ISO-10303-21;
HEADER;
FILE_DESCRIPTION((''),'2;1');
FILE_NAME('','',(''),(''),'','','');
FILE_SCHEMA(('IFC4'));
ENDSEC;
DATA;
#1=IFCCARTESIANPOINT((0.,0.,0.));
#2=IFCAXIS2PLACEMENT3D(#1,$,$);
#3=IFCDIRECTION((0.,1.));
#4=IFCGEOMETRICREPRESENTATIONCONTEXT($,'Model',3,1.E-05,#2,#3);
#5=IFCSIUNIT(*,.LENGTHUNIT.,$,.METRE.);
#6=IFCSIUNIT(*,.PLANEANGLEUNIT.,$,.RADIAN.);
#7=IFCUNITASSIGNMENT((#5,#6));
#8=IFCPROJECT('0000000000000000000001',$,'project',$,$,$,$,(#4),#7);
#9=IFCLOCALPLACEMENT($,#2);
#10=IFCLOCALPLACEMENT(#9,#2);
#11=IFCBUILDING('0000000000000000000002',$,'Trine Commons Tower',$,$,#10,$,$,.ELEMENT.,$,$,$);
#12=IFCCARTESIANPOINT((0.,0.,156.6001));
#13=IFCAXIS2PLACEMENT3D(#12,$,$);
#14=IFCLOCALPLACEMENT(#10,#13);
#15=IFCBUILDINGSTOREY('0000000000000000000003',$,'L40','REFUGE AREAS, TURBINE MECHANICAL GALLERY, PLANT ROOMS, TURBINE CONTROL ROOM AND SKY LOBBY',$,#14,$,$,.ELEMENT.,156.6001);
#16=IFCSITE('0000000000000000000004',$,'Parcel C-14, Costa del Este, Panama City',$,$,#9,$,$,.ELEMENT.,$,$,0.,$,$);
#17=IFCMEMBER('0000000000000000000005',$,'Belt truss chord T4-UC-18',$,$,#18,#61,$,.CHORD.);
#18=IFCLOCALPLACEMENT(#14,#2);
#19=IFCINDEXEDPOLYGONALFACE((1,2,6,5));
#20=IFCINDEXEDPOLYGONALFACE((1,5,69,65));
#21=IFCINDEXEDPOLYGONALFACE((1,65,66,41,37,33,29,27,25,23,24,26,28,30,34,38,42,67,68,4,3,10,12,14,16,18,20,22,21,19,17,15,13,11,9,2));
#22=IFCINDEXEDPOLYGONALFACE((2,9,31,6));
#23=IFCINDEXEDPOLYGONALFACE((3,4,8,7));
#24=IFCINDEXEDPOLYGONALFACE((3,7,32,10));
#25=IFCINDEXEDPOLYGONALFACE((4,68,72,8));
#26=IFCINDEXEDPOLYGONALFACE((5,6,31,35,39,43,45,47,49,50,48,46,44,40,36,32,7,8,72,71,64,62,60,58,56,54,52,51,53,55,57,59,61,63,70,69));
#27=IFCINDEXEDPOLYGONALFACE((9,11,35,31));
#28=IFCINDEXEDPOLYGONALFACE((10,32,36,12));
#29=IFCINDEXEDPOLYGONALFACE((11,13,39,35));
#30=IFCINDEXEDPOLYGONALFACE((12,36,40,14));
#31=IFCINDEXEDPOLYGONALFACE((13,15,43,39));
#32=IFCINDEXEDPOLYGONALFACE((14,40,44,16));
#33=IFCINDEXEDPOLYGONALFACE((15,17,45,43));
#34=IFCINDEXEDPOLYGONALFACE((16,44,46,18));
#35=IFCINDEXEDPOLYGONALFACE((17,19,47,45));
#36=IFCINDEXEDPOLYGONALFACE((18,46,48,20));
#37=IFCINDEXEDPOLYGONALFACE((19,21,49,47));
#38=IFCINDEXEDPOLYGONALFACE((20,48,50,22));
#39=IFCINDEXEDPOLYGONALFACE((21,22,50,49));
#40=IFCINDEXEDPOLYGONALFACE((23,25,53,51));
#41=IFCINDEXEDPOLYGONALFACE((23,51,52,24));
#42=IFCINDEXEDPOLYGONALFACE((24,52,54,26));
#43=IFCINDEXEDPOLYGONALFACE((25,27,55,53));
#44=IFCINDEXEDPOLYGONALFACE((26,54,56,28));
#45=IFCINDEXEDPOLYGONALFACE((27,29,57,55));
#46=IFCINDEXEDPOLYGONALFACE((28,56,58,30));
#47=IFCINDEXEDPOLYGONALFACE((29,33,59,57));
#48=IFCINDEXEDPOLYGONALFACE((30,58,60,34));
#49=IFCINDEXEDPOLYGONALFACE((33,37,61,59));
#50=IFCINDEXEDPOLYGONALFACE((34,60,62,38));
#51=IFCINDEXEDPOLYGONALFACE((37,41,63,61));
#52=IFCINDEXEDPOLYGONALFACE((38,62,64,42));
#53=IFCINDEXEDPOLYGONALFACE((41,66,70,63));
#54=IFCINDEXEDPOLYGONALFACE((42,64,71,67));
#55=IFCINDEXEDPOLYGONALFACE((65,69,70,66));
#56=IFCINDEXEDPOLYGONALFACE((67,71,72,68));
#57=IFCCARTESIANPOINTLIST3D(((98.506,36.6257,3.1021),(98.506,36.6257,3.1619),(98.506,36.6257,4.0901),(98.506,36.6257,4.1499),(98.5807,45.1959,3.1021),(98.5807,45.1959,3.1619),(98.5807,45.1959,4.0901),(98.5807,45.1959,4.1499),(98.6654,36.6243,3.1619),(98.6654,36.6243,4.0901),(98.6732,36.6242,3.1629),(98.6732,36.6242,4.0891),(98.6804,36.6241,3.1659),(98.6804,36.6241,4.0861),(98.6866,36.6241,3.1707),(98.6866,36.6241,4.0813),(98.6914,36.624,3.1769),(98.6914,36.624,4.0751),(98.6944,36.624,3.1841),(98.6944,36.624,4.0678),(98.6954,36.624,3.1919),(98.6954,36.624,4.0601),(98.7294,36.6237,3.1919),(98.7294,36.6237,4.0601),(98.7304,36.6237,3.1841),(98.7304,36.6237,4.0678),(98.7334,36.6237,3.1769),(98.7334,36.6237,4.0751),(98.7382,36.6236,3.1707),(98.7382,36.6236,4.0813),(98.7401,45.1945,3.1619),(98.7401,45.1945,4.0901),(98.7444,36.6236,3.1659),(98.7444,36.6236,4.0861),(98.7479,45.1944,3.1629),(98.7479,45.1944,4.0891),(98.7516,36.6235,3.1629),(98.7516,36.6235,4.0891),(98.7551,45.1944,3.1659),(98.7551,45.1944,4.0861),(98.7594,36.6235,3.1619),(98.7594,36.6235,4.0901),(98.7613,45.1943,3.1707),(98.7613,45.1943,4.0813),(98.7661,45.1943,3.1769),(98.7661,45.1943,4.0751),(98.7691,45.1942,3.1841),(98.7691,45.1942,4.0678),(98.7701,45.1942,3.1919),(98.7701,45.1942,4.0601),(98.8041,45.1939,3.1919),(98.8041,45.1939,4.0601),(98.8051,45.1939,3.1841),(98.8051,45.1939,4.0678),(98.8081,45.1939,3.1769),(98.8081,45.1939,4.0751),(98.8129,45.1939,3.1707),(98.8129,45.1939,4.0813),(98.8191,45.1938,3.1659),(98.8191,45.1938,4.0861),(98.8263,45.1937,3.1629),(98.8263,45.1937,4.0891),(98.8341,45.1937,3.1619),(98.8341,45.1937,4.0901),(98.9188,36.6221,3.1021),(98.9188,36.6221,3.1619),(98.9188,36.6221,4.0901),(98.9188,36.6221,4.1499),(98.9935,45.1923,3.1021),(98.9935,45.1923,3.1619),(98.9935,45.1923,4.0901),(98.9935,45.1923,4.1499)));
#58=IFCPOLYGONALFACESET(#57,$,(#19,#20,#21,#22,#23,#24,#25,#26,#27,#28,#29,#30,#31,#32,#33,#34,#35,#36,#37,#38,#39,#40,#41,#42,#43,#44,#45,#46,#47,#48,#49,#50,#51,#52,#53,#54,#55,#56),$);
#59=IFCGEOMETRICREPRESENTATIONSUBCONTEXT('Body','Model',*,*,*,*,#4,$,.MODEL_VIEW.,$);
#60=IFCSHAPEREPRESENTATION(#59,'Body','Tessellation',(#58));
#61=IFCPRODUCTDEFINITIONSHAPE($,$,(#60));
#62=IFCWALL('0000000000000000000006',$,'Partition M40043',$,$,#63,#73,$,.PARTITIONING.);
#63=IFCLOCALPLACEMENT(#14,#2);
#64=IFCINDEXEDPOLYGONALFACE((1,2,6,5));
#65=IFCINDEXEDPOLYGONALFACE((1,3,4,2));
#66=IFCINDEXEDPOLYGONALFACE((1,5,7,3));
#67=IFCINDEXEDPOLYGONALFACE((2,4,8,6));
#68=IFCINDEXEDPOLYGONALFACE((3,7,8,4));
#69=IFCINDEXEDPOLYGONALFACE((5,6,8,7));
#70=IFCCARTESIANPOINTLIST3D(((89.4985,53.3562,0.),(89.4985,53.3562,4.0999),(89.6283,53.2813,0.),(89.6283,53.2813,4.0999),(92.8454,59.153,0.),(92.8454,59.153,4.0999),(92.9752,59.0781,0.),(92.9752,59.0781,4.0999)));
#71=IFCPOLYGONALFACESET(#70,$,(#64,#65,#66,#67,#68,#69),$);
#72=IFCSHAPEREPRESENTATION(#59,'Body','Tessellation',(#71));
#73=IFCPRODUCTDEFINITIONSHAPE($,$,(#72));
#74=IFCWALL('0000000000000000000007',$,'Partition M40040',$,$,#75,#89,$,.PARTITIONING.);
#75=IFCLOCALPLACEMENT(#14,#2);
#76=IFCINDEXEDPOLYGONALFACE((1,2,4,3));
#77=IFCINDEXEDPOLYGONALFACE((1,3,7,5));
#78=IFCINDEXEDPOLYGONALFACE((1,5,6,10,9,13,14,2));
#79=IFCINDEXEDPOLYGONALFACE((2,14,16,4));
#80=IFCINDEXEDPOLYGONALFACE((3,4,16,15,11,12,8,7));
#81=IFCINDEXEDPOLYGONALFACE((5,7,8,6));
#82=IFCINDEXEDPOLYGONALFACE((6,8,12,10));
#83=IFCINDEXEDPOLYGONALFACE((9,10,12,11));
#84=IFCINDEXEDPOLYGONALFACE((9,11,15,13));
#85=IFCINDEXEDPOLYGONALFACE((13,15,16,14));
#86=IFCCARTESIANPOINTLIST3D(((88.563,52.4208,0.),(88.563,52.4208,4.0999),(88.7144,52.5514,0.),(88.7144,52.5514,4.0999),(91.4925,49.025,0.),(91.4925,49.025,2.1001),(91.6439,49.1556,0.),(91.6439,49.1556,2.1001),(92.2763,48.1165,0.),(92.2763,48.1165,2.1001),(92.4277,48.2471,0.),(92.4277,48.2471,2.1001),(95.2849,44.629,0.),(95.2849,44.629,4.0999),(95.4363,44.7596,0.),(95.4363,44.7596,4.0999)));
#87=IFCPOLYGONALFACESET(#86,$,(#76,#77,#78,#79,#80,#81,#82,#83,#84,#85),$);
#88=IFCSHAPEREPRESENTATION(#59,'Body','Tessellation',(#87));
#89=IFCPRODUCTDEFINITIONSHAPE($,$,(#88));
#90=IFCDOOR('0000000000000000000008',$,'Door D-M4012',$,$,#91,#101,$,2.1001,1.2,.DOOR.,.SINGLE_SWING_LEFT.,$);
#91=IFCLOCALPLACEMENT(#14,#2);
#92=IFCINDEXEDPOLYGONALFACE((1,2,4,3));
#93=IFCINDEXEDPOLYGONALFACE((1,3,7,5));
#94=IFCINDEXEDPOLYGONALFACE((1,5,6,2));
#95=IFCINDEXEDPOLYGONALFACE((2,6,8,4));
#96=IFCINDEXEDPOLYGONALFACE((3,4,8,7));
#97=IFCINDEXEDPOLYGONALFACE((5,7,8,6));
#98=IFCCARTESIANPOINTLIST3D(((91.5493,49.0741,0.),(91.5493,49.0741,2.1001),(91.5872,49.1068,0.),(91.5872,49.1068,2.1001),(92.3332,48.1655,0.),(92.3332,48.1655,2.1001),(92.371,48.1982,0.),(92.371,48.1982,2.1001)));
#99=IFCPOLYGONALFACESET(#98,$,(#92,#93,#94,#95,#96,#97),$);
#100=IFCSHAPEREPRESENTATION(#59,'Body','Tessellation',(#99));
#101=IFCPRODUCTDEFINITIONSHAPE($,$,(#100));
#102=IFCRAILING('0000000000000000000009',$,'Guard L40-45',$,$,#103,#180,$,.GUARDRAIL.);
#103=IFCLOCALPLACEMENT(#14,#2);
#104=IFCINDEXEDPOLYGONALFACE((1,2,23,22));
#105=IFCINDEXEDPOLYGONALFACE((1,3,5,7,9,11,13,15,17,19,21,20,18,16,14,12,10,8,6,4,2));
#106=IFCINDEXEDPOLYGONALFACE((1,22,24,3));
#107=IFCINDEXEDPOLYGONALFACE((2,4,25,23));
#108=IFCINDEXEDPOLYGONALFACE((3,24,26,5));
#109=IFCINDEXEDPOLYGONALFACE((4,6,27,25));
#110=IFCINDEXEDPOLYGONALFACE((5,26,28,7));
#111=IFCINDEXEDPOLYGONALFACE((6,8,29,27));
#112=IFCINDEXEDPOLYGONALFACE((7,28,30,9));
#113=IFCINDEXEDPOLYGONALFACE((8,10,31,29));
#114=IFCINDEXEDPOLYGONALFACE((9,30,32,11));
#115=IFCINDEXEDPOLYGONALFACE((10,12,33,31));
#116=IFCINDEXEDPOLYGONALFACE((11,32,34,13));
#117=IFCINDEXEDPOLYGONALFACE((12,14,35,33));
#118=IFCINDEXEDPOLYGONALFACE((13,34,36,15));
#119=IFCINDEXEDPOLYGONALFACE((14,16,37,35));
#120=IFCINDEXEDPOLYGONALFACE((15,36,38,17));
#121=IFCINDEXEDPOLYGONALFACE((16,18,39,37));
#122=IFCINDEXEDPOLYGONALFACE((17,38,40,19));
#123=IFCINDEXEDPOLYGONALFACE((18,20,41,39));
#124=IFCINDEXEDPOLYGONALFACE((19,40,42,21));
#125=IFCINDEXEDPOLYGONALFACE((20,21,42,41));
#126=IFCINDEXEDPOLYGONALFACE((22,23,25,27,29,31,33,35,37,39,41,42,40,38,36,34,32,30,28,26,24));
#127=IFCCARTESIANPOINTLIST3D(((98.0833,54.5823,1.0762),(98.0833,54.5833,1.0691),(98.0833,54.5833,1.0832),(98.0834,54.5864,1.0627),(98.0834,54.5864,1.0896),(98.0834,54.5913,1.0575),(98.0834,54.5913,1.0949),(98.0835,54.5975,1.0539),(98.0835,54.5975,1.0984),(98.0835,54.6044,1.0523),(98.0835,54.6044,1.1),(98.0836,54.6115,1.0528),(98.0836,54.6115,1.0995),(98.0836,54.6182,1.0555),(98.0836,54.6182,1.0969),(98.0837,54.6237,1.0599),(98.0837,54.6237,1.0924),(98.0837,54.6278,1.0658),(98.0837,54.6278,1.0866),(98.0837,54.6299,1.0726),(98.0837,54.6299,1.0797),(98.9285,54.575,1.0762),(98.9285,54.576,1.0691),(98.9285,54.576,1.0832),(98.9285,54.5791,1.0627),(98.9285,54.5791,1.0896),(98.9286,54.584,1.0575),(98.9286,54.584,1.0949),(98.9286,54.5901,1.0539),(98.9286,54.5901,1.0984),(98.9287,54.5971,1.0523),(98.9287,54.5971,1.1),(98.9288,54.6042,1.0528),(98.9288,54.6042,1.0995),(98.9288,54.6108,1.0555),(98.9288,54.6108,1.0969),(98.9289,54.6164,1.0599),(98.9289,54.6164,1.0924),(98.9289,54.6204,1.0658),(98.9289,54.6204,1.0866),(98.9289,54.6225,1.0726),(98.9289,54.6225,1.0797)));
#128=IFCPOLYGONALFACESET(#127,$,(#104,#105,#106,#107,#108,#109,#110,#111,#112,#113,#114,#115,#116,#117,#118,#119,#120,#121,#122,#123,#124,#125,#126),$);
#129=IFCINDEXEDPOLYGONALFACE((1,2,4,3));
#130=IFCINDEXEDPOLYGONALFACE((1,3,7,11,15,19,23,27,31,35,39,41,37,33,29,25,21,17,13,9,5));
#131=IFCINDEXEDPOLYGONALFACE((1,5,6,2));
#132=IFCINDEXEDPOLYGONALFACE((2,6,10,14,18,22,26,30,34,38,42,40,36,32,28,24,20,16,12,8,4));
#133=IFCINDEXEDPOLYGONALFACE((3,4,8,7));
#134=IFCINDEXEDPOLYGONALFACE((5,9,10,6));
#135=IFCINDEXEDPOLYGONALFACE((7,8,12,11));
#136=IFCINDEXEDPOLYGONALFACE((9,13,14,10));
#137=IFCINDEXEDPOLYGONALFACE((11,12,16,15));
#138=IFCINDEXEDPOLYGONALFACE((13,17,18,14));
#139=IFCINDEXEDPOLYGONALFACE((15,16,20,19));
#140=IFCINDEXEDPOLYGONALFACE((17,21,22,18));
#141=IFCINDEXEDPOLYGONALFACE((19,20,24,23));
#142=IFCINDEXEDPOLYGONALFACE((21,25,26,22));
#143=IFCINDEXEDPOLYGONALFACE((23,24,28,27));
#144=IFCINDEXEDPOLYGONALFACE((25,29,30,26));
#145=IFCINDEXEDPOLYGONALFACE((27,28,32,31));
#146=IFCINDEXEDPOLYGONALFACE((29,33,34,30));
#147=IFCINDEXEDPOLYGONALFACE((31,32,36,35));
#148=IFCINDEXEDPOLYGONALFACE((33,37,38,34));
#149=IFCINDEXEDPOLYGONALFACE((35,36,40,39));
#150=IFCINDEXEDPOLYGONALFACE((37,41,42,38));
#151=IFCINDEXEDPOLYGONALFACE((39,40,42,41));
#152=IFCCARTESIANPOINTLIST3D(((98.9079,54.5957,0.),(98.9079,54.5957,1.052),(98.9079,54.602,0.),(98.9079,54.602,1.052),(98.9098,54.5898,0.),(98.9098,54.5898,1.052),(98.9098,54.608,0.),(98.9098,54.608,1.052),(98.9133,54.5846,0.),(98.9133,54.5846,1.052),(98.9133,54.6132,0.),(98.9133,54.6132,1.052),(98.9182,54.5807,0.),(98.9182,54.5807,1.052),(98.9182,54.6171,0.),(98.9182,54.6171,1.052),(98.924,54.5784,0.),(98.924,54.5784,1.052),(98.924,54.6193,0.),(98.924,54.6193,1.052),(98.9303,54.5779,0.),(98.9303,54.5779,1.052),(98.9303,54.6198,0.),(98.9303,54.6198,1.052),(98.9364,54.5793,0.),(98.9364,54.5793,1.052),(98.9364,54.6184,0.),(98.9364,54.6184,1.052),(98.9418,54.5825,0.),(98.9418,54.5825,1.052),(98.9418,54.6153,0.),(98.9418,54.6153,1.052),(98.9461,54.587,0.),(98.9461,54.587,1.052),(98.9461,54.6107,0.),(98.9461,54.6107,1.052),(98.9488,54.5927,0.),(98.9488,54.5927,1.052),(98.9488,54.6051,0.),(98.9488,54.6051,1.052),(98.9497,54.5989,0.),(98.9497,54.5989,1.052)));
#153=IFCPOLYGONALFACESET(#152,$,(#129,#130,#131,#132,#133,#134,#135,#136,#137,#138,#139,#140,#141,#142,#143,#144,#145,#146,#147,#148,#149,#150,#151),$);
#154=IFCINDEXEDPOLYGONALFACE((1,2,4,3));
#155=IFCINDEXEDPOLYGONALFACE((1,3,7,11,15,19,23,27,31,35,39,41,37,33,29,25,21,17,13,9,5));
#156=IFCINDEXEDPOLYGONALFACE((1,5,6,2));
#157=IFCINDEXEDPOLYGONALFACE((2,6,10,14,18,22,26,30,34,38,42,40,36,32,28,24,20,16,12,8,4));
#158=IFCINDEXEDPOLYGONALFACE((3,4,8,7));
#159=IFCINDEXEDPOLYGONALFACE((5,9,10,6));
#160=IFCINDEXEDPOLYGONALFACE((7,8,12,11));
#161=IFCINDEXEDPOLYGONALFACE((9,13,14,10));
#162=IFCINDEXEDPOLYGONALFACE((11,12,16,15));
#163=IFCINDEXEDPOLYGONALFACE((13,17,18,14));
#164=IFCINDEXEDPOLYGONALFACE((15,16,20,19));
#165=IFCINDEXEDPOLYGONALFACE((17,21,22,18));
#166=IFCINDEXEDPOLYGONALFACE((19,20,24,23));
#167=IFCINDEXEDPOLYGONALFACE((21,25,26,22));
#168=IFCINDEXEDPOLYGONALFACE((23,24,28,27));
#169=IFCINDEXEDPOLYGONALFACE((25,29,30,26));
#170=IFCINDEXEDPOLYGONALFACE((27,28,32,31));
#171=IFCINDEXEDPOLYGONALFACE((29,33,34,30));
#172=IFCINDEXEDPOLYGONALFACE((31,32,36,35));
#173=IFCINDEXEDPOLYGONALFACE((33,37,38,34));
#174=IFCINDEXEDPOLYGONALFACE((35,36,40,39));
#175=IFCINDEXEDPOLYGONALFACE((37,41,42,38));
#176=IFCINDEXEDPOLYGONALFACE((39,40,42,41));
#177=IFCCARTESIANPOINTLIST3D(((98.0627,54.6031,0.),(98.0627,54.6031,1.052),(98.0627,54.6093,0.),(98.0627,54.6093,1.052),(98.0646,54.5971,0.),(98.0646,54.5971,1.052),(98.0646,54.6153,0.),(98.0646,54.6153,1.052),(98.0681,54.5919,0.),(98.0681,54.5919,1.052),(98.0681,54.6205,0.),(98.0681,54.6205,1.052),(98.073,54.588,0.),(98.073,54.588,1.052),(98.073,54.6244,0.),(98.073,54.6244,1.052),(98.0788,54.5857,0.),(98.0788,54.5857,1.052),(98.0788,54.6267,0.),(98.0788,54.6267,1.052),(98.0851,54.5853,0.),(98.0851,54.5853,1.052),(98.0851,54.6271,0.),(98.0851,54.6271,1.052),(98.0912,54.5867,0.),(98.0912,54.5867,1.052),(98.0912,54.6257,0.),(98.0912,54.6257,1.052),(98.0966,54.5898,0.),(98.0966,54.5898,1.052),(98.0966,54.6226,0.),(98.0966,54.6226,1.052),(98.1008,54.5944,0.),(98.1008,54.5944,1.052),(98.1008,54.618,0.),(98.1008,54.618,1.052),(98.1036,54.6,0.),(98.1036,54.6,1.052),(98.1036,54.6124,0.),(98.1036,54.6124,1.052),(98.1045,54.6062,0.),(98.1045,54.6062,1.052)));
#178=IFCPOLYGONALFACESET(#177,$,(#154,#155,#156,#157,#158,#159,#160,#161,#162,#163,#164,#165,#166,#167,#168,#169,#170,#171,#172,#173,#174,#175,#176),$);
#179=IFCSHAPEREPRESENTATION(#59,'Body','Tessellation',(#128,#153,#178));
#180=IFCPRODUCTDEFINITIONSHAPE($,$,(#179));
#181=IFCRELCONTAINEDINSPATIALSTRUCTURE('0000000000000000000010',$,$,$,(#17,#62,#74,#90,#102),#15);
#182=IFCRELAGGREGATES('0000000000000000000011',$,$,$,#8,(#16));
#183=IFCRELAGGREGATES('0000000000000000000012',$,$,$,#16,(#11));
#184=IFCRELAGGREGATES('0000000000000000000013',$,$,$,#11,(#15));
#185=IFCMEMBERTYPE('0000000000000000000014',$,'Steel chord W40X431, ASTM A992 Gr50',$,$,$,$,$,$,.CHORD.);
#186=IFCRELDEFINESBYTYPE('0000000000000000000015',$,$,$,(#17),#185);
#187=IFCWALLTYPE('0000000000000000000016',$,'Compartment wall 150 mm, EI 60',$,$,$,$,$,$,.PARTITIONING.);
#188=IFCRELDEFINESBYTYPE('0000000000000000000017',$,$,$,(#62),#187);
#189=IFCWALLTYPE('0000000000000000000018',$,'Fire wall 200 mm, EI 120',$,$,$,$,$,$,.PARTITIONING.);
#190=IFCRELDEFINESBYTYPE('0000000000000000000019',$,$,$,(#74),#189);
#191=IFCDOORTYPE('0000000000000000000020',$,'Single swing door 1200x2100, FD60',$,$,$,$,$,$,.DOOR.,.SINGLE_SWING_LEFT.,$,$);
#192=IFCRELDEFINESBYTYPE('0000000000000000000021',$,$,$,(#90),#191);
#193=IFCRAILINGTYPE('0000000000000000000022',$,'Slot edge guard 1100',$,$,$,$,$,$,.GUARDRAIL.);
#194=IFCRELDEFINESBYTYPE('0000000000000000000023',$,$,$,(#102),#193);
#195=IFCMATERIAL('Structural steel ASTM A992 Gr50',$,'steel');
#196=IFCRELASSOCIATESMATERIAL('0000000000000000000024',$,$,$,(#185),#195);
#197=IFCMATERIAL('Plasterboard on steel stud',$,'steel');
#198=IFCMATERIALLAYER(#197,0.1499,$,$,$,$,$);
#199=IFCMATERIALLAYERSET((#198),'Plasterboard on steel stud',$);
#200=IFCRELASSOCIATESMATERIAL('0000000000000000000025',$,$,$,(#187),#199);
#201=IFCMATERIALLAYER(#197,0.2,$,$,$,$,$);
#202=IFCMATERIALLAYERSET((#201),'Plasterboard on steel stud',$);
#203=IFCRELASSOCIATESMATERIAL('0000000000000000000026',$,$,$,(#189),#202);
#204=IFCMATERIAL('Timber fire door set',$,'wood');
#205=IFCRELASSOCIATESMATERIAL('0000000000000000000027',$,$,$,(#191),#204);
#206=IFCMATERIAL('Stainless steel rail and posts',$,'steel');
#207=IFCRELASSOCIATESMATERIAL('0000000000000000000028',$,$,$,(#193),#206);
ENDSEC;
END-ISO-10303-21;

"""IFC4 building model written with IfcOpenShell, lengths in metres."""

from ifc_helpers import new_model, si_unit, direction, frame, frame_2d, origin, origin_2d, place, context, subcontext, project, spatial, rectangle, circle, i_section, extrude, material, layer, layer_set, material_profile, profile_set, type_object, element, fill, save


model = new_model("IFC4")

# Units and contexts
model_context = context("Model", 3, precision=1e-05, world=origin(), true_north=direction((0.0, 1.0)))
body_context = subcontext(model_context, "Body", "Model", "MODEL_VIEW")
ifc_project = project(units=[si_unit("LENGTHUNIT", "METRE"), si_unit("PLANEANGLEUNIT", "RADIAN")], contexts=[model_context])

# Site, building, storey
site_placement = place(None, origin())
site = spatial("IfcSite", under=ifc_project, at=site_placement, Name="Parcel C-14, Costa del Este, Panama City", CompositionType="ELEMENT", RefElevation=0.0)
building_placement = place(site_placement, origin())
building = spatial("IfcBuilding", under=site, at=building_placement, Name="Trine Commons Tower", CompositionType="ELEMENT")
storey_placement = place(building_placement, frame((0.0, 0.0, 156.6001)))
storey = spatial("IfcBuildingStorey", under=building, at=storey_placement, Name="L40", Description="REFUGE AREAS, TURBINE MECHANICAL GALLERY, PLANT ROOMS, TURBINE CONTROL ROOM AND SKY LOBBY", CompositionType="ELEMENT", Elevation=156.6001)

# Member
ifc_material_1 = material(Name="Structural steel ASTM A992 Gr50", Category="steel")
ifc_material_profile_1 = material_profile(ifc_material_1, i_section(OverallWidth=0.4128, OverallDepth=1.0479, WebThickness=0.0339, FlangeThickness=0.0598, FilletRadius=0.03, at=origin_2d()), Name="W40X431")
ifc_profile_set_1 = profile_set([ifc_material_profile_1], Name="Structural steel ASTM A992 Gr50")
member_type_1 = type_object("IfcMemberType", Name="Steel chord W40X431, ASTM A992 Gr50", PredefinedType="CHORD", material=ifc_profile_set_1)
for number, where, z_axis, x_axis, name in (
    (1, (98.7871, 45.1941, 3.626), (-0.008717, -0.999962, 0.0), (0.999962, -0.008717, 0.0), "Belt truss chord T4-UC-18"),
):
    element("IfcMember", number, at=place(storey_placement, frame(where, z_axis=z_axis, x_axis=x_axis)), inside=storey, type_object=member_type_1, Name=name, PredefinedType="CHORD", context=body_context, shape_type="SweptSolid", body=[
        extrude(i_section(OverallWidth=0.4128, OverallDepth=1.0479, WebThickness=0.0339, FlangeThickness=0.0598, FilletRadius=0.03, at=origin_2d()), origin(), (0.0, 0.0, 1.0), 8.5706),
    ])

# Wall
ifc_material_2 = material(Name="Plasterboard on steel stud", Category="steel")
ifc_layer_1 = layer(ifc_material_2, 0.1499)
ifc_layer_set_1 = layer_set([ifc_layer_1], Name="Plasterboard on steel stud")
wall_type_1 = type_object("IfcWallType", Name="Compartment wall 150 mm, EI 60", PredefinedType="PARTITIONING", material=ifc_layer_set_1)
wall_1_placement = place(storey_placement, frame((89.5635, 53.3188, 0.0), z_axis=(0.0, 0.0, 1.0), x_axis=(0.500011, 0.866019, 0.0)))
element("IfcWall", 2, at=wall_1_placement, inside=storey, type_object=wall_type_1, Name="Partition M40043", PredefinedType="PARTITIONING", context=body_context, shape_type="SweptSolid", body=[
    extrude(rectangle(XDim=6.6936, YDim=0.1499, at=frame_2d((3.3467, 0.0))), origin(), (0.0, 0.0, 1.0), 4.0999),
])

# Wall, opening, door
ifc_layer_2 = layer(ifc_material_2, 0.2)
ifc_layer_set_2 = layer_set([ifc_layer_2], Name="Plasterboard on steel stud")
wall_type_2 = type_object("IfcWallType", Name="Fire wall 200 mm, EI 120", PredefinedType="PARTITIONING", material=ifc_layer_set_2)
wall_2_placement = place(storey_placement, frame((95.3606, 44.6943, 0.0), z_axis=(0.0, 0.0, 1.0), x_axis=(-0.653213, 0.757174, 0.0)))
wall_2 = element("IfcWall", 3, at=wall_2_placement, inside=storey, type_object=wall_type_2, Name="Partition M40040", PredefinedType="PARTITIONING", context=body_context, shape_type="SweptSolid", body=[
    extrude(rectangle(XDim=10.2905, YDim=0.2, at=frame_2d((5.1453, 0.0))), origin(), (0.0, 0.0, 1.0), 4.0999),
])
opening_1_placement = place(wall_2_placement, frame((4.6057, 0.0, 0.0)))
opening_1 = element("IfcOpeningElement", 4, at=opening_1_placement, cuts=wall_2, PredefinedType="OPENING", context=body_context, shape_type="SweptSolid", body=[
    extrude(rectangle(XDim=1.2, YDim=2.1001, at=frame_2d((0.6001, 1.05))), frame((0.0, 0.1099, 0.0), z_axis=(0.0, -1.0, 0.0), x_axis=(1.0, 0.0, 0.0)), (0.0, 0.0, 1.0), 0.22),
])
ifc_material_3 = material(Name="Timber fire door set", Category="wood")
door_type_1 = type_object("IfcDoorType", Name="Single swing door 1200x2100, FD60", OperationType="SINGLE_SWING_LEFT", PredefinedType="DOOR", material=ifc_material_3)
door_1_placement = place(opening_1_placement, origin())
door_1 = element("IfcDoor", 5, at=door_1_placement, inside=storey, type_object=door_type_1, Name="Door D-M4012", OperationType="SINGLE_SWING_LEFT", OverallHeight=2.1001, OverallWidth=1.2, PredefinedType="DOOR", context=body_context, shape_type="SweptSolid", body=[
    extrude(rectangle(XDim=1.2, YDim=2.1001, at=frame_2d((0.6001, 1.05))), frame((0.0, 0.0249, 0.0), z_axis=(0.0, -1.0, 0.0), x_axis=(1.0, 0.0, 0.0)), (0.0, 0.0, 1.0), 0.05),
])
fill(opening_1, door_1)

# Railing
ifc_material_4 = material(Name="Stainless steel rail and posts", Category="steel")
railing_type = type_object("IfcRailingType", Name="Slot edge guard 1100", PredefinedType="GUARDRAIL", material=ifc_material_4)
railing_1_placement = place(storey_placement, frame((98.9287, 54.5989, 0.0)))
element("IfcRailing", 6, at=railing_1_placement, inside=storey, type_object=railing_type, Name="Guard L40-45", PredefinedType="GUARDRAIL", context=body_context, shape_type="SweptSolid", body=[
    extrude(circle(Radius=0.0239, at=origin_2d()), frame((0.0, 0.0, 1.0762), z_axis=(-0.999962, 0.008665, 0.0), x_axis=(-0.008665, -0.999962, 0.0)), (0.0, 0.0, 1.0), 0.8452),
    extrude(circle(Radius=0.021, at=origin_2d()), origin(), (0.0, 0.0, 1.0), 1.052),
    extrude(circle(Radius=0.021, at=origin_2d()), frame((-0.8452, 0.0073, 0.0)), (0.0, 0.0, 1.0), 1.052),
])

save(model, "model.ifc")
